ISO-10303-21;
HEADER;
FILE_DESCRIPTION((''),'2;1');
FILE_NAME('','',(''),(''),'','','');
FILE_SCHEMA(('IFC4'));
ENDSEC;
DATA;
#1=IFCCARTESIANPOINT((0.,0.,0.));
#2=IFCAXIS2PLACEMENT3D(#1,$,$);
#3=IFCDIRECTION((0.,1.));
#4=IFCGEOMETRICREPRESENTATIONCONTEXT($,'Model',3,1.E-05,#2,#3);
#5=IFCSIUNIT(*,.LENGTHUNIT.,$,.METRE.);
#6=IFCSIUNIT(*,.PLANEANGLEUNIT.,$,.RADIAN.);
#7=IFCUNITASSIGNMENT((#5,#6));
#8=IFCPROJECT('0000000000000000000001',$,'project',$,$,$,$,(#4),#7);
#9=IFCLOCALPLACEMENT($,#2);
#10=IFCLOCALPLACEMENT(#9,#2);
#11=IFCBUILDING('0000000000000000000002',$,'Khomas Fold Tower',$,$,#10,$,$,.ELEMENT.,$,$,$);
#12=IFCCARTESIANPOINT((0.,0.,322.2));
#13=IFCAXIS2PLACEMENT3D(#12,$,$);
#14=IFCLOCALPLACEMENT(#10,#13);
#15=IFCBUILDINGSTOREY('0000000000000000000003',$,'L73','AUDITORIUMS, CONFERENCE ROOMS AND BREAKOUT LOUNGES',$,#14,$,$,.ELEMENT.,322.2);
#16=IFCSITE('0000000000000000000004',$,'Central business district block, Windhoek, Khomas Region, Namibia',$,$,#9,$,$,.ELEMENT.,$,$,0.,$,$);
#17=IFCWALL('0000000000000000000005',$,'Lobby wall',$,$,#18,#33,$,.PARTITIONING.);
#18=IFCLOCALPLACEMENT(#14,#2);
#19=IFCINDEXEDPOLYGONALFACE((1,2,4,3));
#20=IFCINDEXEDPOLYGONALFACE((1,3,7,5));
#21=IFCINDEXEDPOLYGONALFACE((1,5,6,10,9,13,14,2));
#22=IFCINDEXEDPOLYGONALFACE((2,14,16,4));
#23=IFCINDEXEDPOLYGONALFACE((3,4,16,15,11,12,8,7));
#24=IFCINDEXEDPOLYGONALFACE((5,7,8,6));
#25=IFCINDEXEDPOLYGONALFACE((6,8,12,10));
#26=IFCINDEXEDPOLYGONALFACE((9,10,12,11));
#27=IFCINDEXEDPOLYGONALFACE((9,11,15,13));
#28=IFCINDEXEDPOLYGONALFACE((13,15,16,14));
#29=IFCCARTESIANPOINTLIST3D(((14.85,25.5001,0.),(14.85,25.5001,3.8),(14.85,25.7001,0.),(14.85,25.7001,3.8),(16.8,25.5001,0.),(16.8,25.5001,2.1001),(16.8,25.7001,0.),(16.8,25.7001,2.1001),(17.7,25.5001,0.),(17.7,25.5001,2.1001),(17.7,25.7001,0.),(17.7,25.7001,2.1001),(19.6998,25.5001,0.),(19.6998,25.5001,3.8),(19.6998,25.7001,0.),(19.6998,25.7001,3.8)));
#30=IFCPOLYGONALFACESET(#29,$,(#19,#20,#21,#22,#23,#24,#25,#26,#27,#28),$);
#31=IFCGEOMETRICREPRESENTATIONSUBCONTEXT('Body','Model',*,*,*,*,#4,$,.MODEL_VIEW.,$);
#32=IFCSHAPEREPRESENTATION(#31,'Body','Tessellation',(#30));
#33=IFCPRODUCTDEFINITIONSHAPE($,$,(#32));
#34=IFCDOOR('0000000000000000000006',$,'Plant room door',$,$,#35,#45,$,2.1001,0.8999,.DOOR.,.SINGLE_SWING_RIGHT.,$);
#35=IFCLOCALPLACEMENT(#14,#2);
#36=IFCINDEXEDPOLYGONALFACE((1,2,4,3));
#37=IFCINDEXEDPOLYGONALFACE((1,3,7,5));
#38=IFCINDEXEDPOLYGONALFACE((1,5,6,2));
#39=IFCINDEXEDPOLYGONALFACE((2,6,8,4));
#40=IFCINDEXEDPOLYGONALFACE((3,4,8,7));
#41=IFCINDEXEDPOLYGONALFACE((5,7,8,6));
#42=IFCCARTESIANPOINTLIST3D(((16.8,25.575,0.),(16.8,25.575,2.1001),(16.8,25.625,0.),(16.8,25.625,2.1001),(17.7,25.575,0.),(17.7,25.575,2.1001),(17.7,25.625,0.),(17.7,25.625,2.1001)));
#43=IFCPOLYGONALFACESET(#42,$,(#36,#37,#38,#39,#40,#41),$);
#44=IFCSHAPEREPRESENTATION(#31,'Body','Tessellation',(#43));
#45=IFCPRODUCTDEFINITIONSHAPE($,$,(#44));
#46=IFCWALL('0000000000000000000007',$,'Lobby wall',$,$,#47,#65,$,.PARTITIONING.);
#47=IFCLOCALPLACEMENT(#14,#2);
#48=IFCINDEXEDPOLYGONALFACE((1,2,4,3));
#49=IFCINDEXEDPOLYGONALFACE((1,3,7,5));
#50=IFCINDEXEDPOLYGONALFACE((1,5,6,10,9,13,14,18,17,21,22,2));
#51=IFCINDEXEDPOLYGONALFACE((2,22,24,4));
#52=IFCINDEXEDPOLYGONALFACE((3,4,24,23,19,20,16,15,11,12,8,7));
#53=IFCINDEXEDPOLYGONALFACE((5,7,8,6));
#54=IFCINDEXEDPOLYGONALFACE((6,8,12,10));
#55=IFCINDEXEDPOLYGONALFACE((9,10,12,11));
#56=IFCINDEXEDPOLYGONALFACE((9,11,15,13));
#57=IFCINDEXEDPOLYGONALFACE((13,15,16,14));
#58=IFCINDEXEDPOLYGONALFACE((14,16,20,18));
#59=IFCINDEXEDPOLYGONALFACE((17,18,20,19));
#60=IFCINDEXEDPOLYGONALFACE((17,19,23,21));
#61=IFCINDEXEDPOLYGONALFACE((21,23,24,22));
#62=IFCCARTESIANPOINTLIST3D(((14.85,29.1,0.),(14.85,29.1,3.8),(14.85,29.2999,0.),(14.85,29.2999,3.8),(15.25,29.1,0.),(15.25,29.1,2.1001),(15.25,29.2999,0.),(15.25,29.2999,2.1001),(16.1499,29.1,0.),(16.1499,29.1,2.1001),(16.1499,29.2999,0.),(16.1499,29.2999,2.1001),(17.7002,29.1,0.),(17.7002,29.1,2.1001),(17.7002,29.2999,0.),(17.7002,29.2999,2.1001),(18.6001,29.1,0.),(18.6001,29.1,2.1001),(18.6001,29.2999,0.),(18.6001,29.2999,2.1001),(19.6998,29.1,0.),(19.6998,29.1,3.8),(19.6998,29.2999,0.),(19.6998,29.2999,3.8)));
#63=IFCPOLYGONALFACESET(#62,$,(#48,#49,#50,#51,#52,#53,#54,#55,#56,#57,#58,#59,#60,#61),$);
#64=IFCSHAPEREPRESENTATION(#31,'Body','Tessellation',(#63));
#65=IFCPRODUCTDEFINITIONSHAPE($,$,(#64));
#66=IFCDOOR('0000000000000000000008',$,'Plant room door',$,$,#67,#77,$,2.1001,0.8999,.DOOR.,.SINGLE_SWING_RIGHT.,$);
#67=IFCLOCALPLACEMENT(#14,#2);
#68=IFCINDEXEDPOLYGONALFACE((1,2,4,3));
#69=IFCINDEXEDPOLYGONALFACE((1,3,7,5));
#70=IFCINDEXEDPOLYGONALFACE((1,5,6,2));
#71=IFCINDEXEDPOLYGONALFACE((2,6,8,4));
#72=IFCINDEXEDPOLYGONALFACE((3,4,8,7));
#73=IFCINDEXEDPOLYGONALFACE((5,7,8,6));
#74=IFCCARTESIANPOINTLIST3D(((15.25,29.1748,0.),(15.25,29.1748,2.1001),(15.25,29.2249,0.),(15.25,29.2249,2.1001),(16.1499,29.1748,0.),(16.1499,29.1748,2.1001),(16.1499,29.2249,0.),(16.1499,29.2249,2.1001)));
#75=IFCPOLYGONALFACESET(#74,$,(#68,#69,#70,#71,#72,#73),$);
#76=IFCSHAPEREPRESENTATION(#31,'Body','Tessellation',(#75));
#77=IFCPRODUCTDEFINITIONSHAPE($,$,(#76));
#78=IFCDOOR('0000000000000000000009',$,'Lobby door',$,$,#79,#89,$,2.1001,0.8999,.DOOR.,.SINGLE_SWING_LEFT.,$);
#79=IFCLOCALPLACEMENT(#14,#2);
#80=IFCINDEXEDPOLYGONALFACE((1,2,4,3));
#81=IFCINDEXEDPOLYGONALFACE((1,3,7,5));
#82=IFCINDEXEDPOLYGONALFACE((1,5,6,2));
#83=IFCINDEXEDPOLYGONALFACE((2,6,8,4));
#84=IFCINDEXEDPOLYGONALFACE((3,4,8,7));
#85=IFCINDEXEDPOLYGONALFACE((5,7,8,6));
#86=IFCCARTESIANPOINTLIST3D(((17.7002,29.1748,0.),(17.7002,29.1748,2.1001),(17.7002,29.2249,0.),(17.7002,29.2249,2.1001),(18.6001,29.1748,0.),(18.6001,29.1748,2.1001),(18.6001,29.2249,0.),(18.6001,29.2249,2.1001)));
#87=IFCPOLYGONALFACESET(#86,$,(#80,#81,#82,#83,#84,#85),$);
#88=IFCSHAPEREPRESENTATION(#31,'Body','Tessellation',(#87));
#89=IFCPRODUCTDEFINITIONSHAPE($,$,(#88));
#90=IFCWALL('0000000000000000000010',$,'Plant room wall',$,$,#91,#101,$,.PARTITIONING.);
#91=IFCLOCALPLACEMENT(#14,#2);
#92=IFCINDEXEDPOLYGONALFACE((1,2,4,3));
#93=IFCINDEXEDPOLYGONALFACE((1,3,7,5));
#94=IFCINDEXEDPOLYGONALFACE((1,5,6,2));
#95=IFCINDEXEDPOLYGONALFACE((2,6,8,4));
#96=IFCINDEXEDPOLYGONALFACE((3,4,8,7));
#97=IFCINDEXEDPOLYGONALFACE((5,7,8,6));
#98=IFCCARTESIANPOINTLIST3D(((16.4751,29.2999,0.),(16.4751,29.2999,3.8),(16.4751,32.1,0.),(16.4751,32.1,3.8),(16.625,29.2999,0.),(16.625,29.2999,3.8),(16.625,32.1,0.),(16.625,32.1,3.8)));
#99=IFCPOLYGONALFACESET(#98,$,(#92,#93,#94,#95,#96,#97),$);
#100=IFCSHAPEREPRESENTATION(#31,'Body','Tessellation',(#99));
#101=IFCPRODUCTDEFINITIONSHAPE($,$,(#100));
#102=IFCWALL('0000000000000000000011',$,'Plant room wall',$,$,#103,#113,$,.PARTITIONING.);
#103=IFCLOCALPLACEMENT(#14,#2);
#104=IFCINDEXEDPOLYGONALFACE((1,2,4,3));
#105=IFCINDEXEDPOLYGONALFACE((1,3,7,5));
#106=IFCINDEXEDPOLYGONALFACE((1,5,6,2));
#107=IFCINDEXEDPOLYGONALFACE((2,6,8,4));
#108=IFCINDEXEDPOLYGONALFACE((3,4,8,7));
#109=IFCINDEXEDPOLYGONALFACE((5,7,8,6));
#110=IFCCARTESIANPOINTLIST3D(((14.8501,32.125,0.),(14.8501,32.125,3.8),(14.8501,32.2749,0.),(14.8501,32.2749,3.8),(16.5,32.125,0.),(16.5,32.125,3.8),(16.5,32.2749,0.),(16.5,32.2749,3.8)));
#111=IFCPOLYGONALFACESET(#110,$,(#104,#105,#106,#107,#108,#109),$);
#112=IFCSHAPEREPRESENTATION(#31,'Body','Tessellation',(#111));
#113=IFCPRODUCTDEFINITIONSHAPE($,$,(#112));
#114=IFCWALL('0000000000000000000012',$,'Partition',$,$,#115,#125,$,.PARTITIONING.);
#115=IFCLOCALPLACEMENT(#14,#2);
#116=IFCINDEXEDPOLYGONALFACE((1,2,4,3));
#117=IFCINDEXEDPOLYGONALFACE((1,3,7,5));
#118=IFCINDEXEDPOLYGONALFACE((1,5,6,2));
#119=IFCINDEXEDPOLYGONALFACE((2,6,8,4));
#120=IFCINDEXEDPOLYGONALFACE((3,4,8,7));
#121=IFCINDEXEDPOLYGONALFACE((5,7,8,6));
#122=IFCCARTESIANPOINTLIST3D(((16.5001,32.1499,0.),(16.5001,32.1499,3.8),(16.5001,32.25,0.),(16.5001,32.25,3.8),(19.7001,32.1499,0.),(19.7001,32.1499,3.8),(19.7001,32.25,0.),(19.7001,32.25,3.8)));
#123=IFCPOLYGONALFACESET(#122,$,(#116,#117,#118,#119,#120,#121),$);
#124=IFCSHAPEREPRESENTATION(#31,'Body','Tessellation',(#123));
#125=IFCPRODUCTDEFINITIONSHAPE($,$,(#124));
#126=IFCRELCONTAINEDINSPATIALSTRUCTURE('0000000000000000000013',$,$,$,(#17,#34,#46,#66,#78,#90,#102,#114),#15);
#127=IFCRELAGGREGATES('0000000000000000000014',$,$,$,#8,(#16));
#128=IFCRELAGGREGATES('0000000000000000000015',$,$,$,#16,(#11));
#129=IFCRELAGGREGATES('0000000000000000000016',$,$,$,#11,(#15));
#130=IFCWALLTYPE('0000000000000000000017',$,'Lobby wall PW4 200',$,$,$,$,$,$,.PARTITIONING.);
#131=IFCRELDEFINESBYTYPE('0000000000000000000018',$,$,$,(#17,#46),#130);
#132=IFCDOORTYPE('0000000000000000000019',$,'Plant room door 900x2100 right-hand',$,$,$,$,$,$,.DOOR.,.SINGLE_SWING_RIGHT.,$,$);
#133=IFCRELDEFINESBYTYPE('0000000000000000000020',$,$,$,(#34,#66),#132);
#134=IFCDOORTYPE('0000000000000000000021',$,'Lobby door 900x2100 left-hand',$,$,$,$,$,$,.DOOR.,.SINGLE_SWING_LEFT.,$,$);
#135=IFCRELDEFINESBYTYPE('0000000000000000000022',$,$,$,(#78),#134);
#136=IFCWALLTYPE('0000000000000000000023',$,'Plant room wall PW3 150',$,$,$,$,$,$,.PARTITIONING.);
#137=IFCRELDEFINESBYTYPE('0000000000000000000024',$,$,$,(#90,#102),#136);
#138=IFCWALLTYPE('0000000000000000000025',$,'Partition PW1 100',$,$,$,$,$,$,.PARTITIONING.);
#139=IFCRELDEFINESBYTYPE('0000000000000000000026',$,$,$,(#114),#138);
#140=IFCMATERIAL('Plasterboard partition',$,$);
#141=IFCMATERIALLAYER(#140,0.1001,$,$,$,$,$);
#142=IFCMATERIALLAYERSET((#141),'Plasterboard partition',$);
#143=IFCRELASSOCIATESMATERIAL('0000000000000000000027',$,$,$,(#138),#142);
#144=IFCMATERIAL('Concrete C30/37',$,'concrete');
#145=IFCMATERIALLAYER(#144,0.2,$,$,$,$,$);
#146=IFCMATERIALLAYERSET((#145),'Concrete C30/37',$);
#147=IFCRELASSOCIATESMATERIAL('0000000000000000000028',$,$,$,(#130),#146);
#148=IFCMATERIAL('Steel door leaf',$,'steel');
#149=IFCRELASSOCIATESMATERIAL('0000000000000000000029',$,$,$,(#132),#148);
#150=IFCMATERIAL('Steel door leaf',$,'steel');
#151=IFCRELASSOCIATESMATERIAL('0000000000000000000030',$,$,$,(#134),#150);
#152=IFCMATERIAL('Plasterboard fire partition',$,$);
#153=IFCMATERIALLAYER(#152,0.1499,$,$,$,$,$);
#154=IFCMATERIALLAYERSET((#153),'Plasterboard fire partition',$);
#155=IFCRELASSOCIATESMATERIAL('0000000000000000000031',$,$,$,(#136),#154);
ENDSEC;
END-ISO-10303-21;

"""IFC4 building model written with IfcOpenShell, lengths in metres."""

from ifc_helpers import new_model, si_unit, direction, frame, frame_2d, origin, place, context, subcontext, project, spatial, rectangle, extrude, source, transform, mapped, material, layer, layer_set, type_object, element, fill, save


model = new_model("IFC4")

# Units and contexts
model_context = context("Model", 3, precision=1e-05, world=origin(), true_north=direction((0.0, 1.0)))
body_context = subcontext(model_context, "Body", "Model", "MODEL_VIEW")
ifc_project = project(units=[si_unit("LENGTHUNIT", "METRE"), si_unit("PLANEANGLEUNIT", "RADIAN")], contexts=[model_context])

# Site, building, storey
site_placement = place(None, origin())
site = spatial("IfcSite", under=ifc_project, at=site_placement, Name="Central business district block, Windhoek, Khomas Region, Namibia", CompositionType="ELEMENT", RefElevation=0.0)
building_placement = place(site_placement, origin())
building = spatial("IfcBuilding", under=site, at=building_placement, Name="Khomas Fold Tower", CompositionType="ELEMENT")
storey_placement = place(building_placement, frame((0.0, 0.0, 322.2)))
storey = spatial("IfcBuildingStorey", under=building, at=storey_placement, Name="L73", Description="AUDITORIUMS, CONFERENCE ROOMS AND BREAKOUT LOUNGES", CompositionType="ELEMENT", Elevation=322.2)

# Shared definitions
ifc_material_1 = material(Name="Plasterboard partition")
ifc_layer_1 = layer(ifc_material_1, 0.1001)
ifc_layer_set_1 = layer_set([ifc_layer_1], Name="Plasterboard partition")
wall_type_1 = type_object("IfcWallType", Name="Partition PW1 100", PredefinedType="PARTITIONING", material=ifc_layer_set_1)

# Wall, opening, door
ifc_material_2 = material(Name="Concrete C30/37", Category="concrete")
ifc_layer_2 = layer(ifc_material_2, 0.2)
ifc_layer_set_2 = layer_set([ifc_layer_2], Name="Concrete C30/37")
wall_type_2 = type_object("IfcWallType", Name="Lobby wall PW4 200", PredefinedType="PARTITIONING", material=ifc_layer_set_2)
shared_shape_1 = source(origin(), body_context, "Body", "SweptSolid", [
    extrude(rectangle(XDim=4.8499, YDim=0.2, at=frame_2d((2.4248, 0.0))), origin(), (0.0, 0.0, 1.0), 3.8),
])
wall_1_placement = place(storey_placement, frame((14.8501, 25.6001, 0.0), z_axis=(0.0, 0.0, 1.0), x_axis=(1.0, 0.0, 0.0)))
wall_1 = element("IfcWall", 1, at=wall_1_placement, inside=storey, type_object=wall_type_2, Name="Lobby wall", PredefinedType="PARTITIONING", context=body_context, shape_type="MappedRepresentation", body=[
    mapped(shared_shape_1, transform((0.0, 0.0, 0.0))),
])
shared_shape_2 = source(origin(), body_context, "Body", "SweptSolid", [
    extrude(rectangle(XDim=0.8999, YDim=2.1001, at=frame_2d((0.45, 1.05))), frame((0.0, 0.1099, 0.0), z_axis=(0.0, -1.0, 0.0), x_axis=(1.0, 0.0, 0.0)), (0.0, 0.0, 1.0), 0.22),
])
opening_1_placement = place(wall_1_placement, frame((1.95, 0.0, 0.0)))
opening_1 = element("IfcOpeningElement", 2, at=opening_1_placement, cuts=wall_1, PredefinedType="OPENING", context=body_context, shape_type="MappedRepresentation", body=[
    mapped(shared_shape_2, transform((0.0, 0.0, 0.0))),
])
ifc_material_3 = material(Name="Steel door leaf", Category="steel")
door_type_1 = type_object("IfcDoorType", Name="Plant room door 900x2100 right-hand", OperationType="SINGLE_SWING_RIGHT", PredefinedType="DOOR", material=ifc_material_3)
shared_shape_3 = source(origin(), body_context, "Body", "SweptSolid", [
    extrude(rectangle(XDim=0.8999, YDim=2.1001, at=frame_2d((0.45, 1.05))), frame((0.0, 0.0249, 0.0), z_axis=(0.0, -1.0, 0.0), x_axis=(1.0, 0.0, 0.0)), (0.0, 0.0, 1.0), 0.05),
])
door_1_placement = place(opening_1_placement, origin())
door_1 = element("IfcDoor", 3, at=door_1_placement, inside=storey, type_object=door_type_1, Name="Plant room door", OperationType="SINGLE_SWING_RIGHT", OverallHeight=2.1001, OverallWidth=0.8999, PredefinedType="DOOR", context=body_context, shape_type="MappedRepresentation", body=[
    mapped(shared_shape_3, transform((0.0, 0.0, 0.0))),
])
fill(opening_1, door_1)

# Wall, openings, doors
wall_2_placement = place(storey_placement, frame((14.8501, 29.2, 0.0), z_axis=(0.0, 0.0, 1.0), x_axis=(1.0, 0.0, 0.0)))
wall_2 = element("IfcWall", 4, at=wall_2_placement, inside=storey, type_object=wall_type_2, Name="Lobby wall", PredefinedType="PARTITIONING", context=body_context, shape_type="MappedRepresentation", body=[
    mapped(shared_shape_1, transform((0.0, 0.0, 0.0))),
])
opening_2_placement = place(wall_2_placement, frame((0.3999, 0.0, 0.0)))
opening_2 = element("IfcOpeningElement", 5, at=opening_2_placement, cuts=wall_2, PredefinedType="OPENING", context=body_context, shape_type="MappedRepresentation", body=[
    mapped(shared_shape_2, transform((0.0, 0.0, 0.0))),
])
opening_3_placement = place(wall_2_placement, frame((2.8501, 0.0, 0.0)))
opening_3 = element("IfcOpeningElement", 6, at=opening_3_placement, cuts=wall_2, PredefinedType="OPENING", context=body_context, shape_type="MappedRepresentation", body=[
    mapped(shared_shape_2, transform((0.0, 0.0, 0.0))),
])
door_2_placement = place(opening_2_placement, origin())
door_2 = element("IfcDoor", 7, at=door_2_placement, inside=storey, type_object=door_type_1, Name="Plant room door", OperationType="SINGLE_SWING_RIGHT", OverallHeight=2.1001, OverallWidth=0.8999, PredefinedType="DOOR", context=body_context, shape_type="MappedRepresentation", body=[
    mapped(shared_shape_3, transform((0.0, 0.0, 0.0))),
])
fill(opening_2, door_2)
ifc_material_4 = material(Name="Steel door leaf", Category="steel")
door_type_2 = type_object("IfcDoorType", Name="Lobby door 900x2100 left-hand", OperationType="SINGLE_SWING_LEFT", PredefinedType="DOOR", material=ifc_material_4)
door_3_placement = place(opening_3_placement, origin())
door_3 = element("IfcDoor", 8, at=door_3_placement, inside=storey, type_object=door_type_2, Name="Lobby door", OperationType="SINGLE_SWING_LEFT", OverallHeight=2.1001, OverallWidth=0.8999, PredefinedType="DOOR", context=body_context, shape_type="MappedRepresentation", body=[
    mapped(shared_shape_3, transform((0.0, 0.0, 0.0))),
])
fill(opening_3, door_3)

# Walls
ifc_material_5 = material(Name="Plasterboard fire partition")
ifc_layer_3 = layer(ifc_material_5, 0.1499)
ifc_layer_set_3 = layer_set([ifc_layer_3], Name="Plasterboard fire partition")
wall_type_3 = type_object("IfcWallType", Name="Plant room wall PW3 150", PredefinedType="PARTITIONING", material=ifc_layer_set_3)
shared_shape_4 = source(origin(), body_context, "Body", "SweptSolid", [
    extrude(rectangle(XDim=2.8, YDim=0.1499, at=frame_2d((1.3999, 0.0))), origin(), (0.0, 0.0, 1.0), 3.8),
])
wall_3_placement = place(storey_placement, frame((16.55, 29.3, 0.0), z_axis=(0.0, 0.0, 1.0), x_axis=(0.0, 1.0, 0.0)))
element("IfcWall", 9, at=wall_3_placement, inside=storey, type_object=wall_type_3, Name="Plant room wall", PredefinedType="PARTITIONING", context=body_context, shape_type="MappedRepresentation", body=[
    mapped(shared_shape_4, transform((0.0, 0.0, 0.0))),
])
shared_shape_5 = source(origin(), body_context, "Body", "SweptSolid", [
    extrude(rectangle(XDim=1.6499, YDim=0.1499, at=frame_2d((0.825, 0.0))), origin(), (0.0, 0.0, 1.0), 3.8),
])
wall_4_placement = place(storey_placement, frame((14.8501, 32.2, 0.0), z_axis=(0.0, 0.0, 1.0), x_axis=(1.0, 0.0, 0.0)))
element("IfcWall", 10, at=wall_4_placement, inside=storey, type_object=wall_type_3, Name="Plant room wall", PredefinedType="PARTITIONING", context=body_context, shape_type="MappedRepresentation", body=[
    mapped(shared_shape_5, transform((0.0, 0.0, 0.0))),
])
shared_shape_6 = source(origin(), body_context, "Body", "SweptSolid", [
    extrude(rectangle(XDim=3.2, YDim=0.1001, at=frame_2d((1.6001, 0.0))), origin(), (0.0, 0.0, 1.0), 3.8),
])
wall_5_placement = place(storey_placement, frame((16.5, 32.2, 0.0), z_axis=(0.0, 0.0, 1.0), x_axis=(1.0, 0.0, 0.0)))
element("IfcWall", 11, at=wall_5_placement, inside=storey, type_object=wall_type_1, Name="Partition", PredefinedType="PARTITIONING", context=body_context, shape_type="MappedRepresentation", body=[
    mapped(shared_shape_6, transform((0.0, 0.0, 0.0))),
])

save(model, "model.ifc")
